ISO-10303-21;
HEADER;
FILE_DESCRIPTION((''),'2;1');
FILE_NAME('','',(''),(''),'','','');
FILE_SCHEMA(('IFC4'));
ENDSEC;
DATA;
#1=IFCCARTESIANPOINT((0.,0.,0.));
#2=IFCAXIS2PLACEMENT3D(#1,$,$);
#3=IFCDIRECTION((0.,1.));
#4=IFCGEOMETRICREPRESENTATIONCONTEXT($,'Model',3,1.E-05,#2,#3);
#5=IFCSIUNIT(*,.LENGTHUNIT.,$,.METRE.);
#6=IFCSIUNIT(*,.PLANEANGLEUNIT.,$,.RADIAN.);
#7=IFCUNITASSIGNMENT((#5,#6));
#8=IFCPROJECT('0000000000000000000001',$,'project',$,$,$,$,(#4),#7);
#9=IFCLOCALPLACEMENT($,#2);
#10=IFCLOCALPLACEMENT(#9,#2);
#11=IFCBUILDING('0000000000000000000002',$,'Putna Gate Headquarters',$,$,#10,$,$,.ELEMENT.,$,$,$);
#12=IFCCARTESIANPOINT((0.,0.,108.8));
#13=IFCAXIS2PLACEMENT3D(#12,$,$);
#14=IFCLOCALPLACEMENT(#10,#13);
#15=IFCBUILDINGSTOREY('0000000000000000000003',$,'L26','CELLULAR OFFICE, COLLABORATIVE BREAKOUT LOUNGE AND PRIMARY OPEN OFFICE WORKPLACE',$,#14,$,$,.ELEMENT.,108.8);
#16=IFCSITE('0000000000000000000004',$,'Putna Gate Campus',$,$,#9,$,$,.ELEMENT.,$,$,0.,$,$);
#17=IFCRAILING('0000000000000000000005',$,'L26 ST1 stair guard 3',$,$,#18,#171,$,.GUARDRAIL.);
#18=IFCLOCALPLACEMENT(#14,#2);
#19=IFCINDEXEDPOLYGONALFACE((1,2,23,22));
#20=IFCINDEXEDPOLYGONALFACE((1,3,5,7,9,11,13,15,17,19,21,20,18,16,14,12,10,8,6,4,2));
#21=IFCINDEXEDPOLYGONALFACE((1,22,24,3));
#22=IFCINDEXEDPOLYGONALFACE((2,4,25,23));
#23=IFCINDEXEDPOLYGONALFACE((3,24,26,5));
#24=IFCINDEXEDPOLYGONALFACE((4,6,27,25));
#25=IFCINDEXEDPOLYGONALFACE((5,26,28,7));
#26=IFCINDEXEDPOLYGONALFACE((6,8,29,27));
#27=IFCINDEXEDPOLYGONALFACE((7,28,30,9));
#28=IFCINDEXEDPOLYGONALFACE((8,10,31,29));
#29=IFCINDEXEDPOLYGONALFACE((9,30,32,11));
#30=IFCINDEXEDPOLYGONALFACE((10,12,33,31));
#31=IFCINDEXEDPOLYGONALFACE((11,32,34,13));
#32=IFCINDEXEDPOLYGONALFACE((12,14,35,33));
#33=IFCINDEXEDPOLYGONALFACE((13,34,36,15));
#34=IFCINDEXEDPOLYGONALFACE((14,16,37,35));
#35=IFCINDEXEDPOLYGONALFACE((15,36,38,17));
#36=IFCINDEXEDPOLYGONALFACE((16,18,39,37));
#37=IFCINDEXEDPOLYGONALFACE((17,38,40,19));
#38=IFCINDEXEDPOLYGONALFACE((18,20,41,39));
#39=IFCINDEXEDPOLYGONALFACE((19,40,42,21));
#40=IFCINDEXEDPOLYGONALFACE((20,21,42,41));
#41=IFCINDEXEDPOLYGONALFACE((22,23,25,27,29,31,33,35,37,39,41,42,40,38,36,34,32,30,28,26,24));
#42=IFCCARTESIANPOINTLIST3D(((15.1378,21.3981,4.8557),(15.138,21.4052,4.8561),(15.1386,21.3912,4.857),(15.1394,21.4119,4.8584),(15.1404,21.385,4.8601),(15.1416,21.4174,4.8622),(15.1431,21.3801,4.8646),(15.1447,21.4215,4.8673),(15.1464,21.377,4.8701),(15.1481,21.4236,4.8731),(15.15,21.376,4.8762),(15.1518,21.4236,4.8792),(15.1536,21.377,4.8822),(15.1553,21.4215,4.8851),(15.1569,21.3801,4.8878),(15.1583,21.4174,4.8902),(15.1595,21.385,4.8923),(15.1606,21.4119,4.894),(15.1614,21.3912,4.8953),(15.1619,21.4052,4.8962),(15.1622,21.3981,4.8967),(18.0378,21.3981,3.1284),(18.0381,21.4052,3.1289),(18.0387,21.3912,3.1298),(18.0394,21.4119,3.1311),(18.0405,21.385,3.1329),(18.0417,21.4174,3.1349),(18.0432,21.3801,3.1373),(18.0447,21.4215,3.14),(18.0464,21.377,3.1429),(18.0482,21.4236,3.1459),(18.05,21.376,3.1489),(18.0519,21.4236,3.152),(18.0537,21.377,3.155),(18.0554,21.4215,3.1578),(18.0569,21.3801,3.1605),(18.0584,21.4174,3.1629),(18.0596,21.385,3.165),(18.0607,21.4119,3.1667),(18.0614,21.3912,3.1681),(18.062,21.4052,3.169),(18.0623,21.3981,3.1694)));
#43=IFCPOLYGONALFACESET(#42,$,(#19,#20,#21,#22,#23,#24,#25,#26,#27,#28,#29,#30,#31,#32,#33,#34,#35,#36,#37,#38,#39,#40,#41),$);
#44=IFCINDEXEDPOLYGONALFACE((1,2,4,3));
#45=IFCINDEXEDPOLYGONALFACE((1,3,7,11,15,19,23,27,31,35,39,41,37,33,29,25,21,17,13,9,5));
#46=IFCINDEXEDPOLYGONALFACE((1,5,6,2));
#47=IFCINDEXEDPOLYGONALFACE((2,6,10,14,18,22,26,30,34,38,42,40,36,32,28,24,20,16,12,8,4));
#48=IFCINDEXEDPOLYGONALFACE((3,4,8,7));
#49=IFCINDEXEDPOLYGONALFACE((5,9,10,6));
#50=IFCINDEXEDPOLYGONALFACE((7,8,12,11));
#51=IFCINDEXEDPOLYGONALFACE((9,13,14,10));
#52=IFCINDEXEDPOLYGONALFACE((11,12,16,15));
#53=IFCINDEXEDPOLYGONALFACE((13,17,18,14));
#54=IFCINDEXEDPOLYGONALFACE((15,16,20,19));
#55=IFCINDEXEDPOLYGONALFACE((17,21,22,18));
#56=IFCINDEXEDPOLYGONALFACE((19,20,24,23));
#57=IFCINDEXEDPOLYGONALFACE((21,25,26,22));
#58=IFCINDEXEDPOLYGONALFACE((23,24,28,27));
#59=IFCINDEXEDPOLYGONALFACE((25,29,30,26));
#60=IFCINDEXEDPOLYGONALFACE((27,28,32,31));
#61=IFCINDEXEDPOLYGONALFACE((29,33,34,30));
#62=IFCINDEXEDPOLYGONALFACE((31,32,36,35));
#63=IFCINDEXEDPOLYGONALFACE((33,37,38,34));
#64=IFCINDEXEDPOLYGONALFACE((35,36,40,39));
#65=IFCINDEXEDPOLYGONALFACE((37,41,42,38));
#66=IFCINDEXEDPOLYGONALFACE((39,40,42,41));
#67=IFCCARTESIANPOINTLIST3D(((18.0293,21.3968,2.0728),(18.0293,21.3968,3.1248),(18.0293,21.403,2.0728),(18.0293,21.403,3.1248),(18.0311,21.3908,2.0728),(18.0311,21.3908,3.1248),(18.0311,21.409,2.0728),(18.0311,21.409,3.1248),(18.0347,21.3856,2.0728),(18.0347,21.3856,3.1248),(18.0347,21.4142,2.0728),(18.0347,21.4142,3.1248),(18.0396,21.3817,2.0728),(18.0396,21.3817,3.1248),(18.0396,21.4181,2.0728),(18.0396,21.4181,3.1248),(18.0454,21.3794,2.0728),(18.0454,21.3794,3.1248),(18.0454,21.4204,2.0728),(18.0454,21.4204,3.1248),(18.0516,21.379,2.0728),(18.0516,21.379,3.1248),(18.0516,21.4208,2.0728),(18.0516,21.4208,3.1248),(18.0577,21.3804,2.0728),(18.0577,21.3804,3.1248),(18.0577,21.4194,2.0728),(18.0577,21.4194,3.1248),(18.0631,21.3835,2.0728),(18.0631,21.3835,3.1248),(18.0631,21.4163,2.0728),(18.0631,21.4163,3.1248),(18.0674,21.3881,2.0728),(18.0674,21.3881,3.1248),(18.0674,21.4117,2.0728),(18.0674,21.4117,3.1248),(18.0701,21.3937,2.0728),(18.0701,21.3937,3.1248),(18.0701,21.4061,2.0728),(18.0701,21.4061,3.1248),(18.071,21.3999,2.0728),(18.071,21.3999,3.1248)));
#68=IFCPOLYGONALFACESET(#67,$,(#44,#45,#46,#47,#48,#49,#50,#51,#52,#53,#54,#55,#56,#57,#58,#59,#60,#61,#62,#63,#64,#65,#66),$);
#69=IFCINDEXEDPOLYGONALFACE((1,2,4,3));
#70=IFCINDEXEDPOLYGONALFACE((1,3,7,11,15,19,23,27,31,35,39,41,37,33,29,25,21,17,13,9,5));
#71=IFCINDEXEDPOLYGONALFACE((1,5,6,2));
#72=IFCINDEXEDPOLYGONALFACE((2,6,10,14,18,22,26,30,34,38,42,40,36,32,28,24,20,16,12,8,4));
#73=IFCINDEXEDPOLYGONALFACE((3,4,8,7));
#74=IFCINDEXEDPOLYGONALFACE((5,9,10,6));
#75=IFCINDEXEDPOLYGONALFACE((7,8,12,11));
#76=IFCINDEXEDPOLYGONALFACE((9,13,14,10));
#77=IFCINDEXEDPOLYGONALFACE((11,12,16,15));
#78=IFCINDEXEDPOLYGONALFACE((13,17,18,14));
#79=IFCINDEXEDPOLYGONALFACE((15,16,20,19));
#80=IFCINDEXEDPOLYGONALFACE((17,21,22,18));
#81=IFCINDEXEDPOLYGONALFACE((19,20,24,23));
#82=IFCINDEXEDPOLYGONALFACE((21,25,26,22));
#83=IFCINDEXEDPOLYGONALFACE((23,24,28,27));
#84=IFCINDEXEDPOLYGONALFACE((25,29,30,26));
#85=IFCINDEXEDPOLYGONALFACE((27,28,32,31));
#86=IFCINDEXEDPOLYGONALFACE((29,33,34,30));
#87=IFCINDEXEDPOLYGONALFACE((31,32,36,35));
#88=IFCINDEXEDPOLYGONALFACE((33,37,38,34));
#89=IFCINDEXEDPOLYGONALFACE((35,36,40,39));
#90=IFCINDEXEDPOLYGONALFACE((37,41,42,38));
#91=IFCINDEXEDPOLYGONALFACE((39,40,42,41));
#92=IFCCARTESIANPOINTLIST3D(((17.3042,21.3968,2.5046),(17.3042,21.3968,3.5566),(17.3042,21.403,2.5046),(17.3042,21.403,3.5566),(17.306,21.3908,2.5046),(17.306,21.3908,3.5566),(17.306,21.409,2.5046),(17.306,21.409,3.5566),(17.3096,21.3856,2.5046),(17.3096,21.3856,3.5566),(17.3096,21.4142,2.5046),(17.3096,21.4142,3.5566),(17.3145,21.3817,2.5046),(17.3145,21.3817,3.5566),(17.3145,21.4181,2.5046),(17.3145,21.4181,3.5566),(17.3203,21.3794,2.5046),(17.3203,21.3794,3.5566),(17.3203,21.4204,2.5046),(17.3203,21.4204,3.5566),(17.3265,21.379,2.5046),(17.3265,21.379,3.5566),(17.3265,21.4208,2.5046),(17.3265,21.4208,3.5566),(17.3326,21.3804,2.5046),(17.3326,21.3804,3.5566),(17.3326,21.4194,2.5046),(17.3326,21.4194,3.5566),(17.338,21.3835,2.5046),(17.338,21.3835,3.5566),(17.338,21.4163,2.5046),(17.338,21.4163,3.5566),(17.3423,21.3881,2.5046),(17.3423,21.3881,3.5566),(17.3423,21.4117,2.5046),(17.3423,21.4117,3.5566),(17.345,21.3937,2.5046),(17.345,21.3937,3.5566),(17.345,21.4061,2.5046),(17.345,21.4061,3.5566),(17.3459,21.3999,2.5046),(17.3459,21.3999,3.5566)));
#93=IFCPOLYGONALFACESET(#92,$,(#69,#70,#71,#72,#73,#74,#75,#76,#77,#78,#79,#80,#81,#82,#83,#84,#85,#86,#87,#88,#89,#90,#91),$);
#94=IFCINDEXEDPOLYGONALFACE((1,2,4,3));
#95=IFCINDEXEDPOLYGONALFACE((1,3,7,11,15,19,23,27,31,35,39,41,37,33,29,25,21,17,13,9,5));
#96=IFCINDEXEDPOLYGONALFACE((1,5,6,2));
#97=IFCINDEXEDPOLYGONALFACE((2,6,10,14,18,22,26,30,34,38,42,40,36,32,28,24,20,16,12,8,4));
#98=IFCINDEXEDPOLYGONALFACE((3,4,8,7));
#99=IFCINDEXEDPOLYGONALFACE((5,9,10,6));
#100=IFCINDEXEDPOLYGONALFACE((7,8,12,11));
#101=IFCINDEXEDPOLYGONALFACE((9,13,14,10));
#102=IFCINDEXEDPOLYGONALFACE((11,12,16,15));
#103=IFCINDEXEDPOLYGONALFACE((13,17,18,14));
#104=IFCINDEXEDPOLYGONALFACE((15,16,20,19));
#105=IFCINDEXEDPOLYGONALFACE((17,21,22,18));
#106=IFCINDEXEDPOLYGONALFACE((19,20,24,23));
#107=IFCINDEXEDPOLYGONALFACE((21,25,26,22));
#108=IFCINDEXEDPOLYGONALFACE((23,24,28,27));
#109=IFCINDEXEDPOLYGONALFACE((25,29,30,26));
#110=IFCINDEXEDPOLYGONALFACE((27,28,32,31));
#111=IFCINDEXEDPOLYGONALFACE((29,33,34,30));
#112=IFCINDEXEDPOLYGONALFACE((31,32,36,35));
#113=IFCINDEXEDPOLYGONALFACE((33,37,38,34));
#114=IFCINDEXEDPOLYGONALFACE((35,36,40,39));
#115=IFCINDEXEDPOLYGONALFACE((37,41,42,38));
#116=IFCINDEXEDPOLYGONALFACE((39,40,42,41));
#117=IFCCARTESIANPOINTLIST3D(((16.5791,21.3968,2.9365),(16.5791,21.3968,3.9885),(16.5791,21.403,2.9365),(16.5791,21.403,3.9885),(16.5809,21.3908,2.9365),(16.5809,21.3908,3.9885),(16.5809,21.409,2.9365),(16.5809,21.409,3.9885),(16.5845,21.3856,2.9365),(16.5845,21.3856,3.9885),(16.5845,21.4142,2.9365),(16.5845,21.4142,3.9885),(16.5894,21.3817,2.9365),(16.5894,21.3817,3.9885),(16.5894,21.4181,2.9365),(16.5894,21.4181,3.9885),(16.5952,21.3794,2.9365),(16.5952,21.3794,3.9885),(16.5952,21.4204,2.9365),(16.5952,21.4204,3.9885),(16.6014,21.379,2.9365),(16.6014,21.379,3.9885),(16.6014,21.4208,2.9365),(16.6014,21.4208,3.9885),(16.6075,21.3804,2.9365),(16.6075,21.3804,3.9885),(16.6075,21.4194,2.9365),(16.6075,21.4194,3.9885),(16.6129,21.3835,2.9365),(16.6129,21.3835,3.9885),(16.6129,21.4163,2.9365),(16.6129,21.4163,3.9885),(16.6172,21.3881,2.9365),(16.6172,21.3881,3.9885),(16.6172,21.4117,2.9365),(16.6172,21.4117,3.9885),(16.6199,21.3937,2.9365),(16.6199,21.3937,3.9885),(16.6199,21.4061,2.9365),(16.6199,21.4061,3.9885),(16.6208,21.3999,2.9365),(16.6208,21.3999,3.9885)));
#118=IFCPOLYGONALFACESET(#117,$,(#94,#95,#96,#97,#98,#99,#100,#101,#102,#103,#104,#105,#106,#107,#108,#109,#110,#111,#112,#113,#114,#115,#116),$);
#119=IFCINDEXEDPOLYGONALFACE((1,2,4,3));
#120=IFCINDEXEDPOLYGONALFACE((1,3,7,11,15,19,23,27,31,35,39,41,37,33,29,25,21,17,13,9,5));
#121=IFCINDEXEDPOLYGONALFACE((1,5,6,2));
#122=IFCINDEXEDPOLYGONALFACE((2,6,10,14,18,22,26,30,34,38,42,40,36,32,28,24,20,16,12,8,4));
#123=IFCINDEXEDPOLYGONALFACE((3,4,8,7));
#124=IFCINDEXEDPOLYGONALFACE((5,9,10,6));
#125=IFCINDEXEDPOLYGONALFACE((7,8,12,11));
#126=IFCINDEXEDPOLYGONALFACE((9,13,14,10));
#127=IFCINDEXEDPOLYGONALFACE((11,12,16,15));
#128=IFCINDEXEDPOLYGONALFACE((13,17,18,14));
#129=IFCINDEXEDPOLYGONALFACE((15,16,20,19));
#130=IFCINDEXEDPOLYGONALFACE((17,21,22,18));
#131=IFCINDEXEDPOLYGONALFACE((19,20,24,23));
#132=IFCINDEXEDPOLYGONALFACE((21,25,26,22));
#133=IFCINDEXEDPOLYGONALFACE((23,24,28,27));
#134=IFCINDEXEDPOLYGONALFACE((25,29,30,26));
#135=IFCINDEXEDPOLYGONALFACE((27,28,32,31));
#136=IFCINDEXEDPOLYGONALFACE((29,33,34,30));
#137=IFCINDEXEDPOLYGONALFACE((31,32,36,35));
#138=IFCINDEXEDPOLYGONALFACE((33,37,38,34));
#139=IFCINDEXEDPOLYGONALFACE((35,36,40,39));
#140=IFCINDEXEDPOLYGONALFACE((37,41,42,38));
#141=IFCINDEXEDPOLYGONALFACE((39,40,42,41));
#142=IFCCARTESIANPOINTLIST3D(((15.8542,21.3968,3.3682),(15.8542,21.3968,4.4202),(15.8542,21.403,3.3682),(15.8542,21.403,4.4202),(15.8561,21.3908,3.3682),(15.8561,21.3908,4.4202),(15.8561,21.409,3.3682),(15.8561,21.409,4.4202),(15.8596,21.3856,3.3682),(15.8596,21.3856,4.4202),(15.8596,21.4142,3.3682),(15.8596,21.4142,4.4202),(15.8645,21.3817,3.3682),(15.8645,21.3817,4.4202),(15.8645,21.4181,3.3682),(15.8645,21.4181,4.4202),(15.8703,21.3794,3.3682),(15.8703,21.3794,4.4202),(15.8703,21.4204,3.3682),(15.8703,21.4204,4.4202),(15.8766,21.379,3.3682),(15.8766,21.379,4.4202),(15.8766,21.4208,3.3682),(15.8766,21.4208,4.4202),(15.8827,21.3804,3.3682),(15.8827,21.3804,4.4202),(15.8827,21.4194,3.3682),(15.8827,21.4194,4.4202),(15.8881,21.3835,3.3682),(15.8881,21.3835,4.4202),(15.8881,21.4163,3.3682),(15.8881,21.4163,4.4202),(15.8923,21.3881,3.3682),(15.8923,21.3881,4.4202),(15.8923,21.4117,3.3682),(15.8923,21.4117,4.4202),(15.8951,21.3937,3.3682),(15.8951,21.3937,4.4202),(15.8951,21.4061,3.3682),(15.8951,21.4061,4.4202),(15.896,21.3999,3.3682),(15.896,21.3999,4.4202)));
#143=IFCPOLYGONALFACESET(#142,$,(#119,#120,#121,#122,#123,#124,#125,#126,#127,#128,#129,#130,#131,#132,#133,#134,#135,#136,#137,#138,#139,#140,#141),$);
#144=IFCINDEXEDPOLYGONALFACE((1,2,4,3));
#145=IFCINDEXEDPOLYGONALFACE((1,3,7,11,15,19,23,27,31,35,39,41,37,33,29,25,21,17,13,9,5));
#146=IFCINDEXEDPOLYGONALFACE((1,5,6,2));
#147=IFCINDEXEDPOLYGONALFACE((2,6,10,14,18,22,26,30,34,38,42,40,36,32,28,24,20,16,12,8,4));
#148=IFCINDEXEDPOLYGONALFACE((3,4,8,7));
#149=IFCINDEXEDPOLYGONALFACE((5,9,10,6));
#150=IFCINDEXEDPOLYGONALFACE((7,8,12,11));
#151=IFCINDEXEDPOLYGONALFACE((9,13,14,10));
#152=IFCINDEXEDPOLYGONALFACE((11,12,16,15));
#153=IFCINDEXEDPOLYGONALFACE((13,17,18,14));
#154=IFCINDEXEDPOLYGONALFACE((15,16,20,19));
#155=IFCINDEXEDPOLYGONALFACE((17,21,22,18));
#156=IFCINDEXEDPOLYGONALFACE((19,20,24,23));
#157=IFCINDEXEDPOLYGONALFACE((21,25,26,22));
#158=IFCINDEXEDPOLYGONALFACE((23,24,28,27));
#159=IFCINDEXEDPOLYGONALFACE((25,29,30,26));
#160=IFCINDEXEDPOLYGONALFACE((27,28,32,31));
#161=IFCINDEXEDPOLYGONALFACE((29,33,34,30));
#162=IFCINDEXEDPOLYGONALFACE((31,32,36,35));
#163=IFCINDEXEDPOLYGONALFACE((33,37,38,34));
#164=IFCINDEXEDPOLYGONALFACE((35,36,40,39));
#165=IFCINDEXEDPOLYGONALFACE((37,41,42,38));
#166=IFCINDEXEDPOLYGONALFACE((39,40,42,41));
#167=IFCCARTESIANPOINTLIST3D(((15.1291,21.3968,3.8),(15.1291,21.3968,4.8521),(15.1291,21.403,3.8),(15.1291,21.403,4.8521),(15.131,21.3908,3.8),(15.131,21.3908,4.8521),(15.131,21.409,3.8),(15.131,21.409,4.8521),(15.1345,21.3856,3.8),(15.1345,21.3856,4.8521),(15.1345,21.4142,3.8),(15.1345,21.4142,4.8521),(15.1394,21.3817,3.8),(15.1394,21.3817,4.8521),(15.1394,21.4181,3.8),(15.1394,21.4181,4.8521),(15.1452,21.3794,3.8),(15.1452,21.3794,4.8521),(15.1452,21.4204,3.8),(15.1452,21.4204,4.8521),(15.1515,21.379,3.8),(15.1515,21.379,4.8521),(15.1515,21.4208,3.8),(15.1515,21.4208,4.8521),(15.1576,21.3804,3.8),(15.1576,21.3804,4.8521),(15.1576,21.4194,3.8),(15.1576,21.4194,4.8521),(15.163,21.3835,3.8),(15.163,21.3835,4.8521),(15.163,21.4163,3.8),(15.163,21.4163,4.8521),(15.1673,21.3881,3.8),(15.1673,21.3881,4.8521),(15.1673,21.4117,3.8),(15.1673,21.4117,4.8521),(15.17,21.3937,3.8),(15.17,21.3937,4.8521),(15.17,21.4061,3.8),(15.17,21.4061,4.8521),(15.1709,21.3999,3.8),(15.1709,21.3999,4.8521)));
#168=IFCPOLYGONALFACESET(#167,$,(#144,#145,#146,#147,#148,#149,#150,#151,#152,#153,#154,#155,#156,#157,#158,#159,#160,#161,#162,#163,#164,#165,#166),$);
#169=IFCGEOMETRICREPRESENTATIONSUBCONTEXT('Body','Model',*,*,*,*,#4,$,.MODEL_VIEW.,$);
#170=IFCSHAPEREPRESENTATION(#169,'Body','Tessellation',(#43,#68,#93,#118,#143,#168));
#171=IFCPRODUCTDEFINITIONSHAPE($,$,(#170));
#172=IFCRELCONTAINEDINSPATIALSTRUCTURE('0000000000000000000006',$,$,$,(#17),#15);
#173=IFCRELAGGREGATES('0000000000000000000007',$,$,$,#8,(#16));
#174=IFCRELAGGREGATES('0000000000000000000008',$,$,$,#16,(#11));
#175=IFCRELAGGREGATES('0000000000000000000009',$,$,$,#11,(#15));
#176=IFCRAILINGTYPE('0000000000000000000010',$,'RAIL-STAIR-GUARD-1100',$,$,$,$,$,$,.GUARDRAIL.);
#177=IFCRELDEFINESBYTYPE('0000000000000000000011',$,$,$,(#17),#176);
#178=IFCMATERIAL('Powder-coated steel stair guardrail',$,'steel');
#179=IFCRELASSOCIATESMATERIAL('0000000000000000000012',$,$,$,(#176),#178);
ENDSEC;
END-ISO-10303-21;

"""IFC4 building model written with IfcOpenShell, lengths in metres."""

from ifc_helpers import new_model, si_unit, direction, frame, origin, origin_2d, place, context, subcontext, project, spatial, circle, extrude, material, type_object, element, save


model = new_model("IFC4")

# Units and contexts
model_context = context("Model", 3, precision=1e-05, world=origin(), true_north=direction((0.0, 1.0)))
body_context = subcontext(model_context, "Body", "Model", "MODEL_VIEW")
ifc_project = project(units=[si_unit("LENGTHUNIT", "METRE"), si_unit("PLANEANGLEUNIT", "RADIAN")], contexts=[model_context])

# Site, building, storey
site_placement = place(None, origin())
site = spatial("IfcSite", under=ifc_project, at=site_placement, Name="Putna Gate Campus", CompositionType="ELEMENT", RefElevation=0.0)
building_placement = place(site_placement, origin())
building = spatial("IfcBuilding", under=site, at=building_placement, Name="Putna Gate Headquarters", CompositionType="ELEMENT")
storey_placement = place(building_placement, frame((0.0, 0.0, 108.8)))
storey = spatial("IfcBuildingStorey", under=building, at=storey_placement, Name="L26", Description="CELLULAR OFFICE, COLLABORATIVE BREAKOUT LOUNGE AND PRIMARY OPEN OFFICE WORKPLACE", CompositionType="ELEMENT", Elevation=108.8)

# Railing
ifc_material_1 = material(Name="Powder-coated steel stair guardrail", Category="steel")
railing_type_1 = type_object("IfcRailingType", Name="RAIL-STAIR-GUARD-1100", PredefinedType="GUARDRAIL", material=ifc_material_1)
railing_1_placement = place(storey_placement, frame((18.05, 21.3999, 2.0728)))
element("IfcRailing", 1, at=railing_1_placement, inside=storey, type_object=railing_type_1, Name="L26 ST1 stair guard 3", PredefinedType="GUARDRAIL", context=body_context, shape_type="SweptSolid", body=[
    extrude(circle(Radius=0.0239, at=origin_2d()), frame((0.0, 0.0, 1.0762), z_axis=(-0.85916, 0.0, 0.511706), x_axis=(0.0, -1.0, 0.0)), (0.0, 0.0, 1.0), 3.3755),
    extrude(circle(Radius=0.021, at=origin_2d()), origin(), (0.0, 0.0, 1.0), 1.052),
    extrude(circle(Radius=0.021, at=origin_2d()), frame((-0.7251, 0.0, 0.4319)), (0.0, 0.0, 1.0), 1.052),
    extrude(circle(Radius=0.021, at=origin_2d()), frame((-1.4502, 0.0, 0.8638)), (0.0, 0.0, 1.0), 1.052),
    extrude(circle(Radius=0.021, at=origin_2d()), frame((-2.175, 0.0, 1.2954)), (0.0, 0.0, 1.0), 1.052),
    extrude(circle(Radius=0.021, at=origin_2d()), frame((-2.9001, 0.0, 1.7273)), (0.0, 0.0, 1.0), 1.052),
])

save(model, "model.ifc")
